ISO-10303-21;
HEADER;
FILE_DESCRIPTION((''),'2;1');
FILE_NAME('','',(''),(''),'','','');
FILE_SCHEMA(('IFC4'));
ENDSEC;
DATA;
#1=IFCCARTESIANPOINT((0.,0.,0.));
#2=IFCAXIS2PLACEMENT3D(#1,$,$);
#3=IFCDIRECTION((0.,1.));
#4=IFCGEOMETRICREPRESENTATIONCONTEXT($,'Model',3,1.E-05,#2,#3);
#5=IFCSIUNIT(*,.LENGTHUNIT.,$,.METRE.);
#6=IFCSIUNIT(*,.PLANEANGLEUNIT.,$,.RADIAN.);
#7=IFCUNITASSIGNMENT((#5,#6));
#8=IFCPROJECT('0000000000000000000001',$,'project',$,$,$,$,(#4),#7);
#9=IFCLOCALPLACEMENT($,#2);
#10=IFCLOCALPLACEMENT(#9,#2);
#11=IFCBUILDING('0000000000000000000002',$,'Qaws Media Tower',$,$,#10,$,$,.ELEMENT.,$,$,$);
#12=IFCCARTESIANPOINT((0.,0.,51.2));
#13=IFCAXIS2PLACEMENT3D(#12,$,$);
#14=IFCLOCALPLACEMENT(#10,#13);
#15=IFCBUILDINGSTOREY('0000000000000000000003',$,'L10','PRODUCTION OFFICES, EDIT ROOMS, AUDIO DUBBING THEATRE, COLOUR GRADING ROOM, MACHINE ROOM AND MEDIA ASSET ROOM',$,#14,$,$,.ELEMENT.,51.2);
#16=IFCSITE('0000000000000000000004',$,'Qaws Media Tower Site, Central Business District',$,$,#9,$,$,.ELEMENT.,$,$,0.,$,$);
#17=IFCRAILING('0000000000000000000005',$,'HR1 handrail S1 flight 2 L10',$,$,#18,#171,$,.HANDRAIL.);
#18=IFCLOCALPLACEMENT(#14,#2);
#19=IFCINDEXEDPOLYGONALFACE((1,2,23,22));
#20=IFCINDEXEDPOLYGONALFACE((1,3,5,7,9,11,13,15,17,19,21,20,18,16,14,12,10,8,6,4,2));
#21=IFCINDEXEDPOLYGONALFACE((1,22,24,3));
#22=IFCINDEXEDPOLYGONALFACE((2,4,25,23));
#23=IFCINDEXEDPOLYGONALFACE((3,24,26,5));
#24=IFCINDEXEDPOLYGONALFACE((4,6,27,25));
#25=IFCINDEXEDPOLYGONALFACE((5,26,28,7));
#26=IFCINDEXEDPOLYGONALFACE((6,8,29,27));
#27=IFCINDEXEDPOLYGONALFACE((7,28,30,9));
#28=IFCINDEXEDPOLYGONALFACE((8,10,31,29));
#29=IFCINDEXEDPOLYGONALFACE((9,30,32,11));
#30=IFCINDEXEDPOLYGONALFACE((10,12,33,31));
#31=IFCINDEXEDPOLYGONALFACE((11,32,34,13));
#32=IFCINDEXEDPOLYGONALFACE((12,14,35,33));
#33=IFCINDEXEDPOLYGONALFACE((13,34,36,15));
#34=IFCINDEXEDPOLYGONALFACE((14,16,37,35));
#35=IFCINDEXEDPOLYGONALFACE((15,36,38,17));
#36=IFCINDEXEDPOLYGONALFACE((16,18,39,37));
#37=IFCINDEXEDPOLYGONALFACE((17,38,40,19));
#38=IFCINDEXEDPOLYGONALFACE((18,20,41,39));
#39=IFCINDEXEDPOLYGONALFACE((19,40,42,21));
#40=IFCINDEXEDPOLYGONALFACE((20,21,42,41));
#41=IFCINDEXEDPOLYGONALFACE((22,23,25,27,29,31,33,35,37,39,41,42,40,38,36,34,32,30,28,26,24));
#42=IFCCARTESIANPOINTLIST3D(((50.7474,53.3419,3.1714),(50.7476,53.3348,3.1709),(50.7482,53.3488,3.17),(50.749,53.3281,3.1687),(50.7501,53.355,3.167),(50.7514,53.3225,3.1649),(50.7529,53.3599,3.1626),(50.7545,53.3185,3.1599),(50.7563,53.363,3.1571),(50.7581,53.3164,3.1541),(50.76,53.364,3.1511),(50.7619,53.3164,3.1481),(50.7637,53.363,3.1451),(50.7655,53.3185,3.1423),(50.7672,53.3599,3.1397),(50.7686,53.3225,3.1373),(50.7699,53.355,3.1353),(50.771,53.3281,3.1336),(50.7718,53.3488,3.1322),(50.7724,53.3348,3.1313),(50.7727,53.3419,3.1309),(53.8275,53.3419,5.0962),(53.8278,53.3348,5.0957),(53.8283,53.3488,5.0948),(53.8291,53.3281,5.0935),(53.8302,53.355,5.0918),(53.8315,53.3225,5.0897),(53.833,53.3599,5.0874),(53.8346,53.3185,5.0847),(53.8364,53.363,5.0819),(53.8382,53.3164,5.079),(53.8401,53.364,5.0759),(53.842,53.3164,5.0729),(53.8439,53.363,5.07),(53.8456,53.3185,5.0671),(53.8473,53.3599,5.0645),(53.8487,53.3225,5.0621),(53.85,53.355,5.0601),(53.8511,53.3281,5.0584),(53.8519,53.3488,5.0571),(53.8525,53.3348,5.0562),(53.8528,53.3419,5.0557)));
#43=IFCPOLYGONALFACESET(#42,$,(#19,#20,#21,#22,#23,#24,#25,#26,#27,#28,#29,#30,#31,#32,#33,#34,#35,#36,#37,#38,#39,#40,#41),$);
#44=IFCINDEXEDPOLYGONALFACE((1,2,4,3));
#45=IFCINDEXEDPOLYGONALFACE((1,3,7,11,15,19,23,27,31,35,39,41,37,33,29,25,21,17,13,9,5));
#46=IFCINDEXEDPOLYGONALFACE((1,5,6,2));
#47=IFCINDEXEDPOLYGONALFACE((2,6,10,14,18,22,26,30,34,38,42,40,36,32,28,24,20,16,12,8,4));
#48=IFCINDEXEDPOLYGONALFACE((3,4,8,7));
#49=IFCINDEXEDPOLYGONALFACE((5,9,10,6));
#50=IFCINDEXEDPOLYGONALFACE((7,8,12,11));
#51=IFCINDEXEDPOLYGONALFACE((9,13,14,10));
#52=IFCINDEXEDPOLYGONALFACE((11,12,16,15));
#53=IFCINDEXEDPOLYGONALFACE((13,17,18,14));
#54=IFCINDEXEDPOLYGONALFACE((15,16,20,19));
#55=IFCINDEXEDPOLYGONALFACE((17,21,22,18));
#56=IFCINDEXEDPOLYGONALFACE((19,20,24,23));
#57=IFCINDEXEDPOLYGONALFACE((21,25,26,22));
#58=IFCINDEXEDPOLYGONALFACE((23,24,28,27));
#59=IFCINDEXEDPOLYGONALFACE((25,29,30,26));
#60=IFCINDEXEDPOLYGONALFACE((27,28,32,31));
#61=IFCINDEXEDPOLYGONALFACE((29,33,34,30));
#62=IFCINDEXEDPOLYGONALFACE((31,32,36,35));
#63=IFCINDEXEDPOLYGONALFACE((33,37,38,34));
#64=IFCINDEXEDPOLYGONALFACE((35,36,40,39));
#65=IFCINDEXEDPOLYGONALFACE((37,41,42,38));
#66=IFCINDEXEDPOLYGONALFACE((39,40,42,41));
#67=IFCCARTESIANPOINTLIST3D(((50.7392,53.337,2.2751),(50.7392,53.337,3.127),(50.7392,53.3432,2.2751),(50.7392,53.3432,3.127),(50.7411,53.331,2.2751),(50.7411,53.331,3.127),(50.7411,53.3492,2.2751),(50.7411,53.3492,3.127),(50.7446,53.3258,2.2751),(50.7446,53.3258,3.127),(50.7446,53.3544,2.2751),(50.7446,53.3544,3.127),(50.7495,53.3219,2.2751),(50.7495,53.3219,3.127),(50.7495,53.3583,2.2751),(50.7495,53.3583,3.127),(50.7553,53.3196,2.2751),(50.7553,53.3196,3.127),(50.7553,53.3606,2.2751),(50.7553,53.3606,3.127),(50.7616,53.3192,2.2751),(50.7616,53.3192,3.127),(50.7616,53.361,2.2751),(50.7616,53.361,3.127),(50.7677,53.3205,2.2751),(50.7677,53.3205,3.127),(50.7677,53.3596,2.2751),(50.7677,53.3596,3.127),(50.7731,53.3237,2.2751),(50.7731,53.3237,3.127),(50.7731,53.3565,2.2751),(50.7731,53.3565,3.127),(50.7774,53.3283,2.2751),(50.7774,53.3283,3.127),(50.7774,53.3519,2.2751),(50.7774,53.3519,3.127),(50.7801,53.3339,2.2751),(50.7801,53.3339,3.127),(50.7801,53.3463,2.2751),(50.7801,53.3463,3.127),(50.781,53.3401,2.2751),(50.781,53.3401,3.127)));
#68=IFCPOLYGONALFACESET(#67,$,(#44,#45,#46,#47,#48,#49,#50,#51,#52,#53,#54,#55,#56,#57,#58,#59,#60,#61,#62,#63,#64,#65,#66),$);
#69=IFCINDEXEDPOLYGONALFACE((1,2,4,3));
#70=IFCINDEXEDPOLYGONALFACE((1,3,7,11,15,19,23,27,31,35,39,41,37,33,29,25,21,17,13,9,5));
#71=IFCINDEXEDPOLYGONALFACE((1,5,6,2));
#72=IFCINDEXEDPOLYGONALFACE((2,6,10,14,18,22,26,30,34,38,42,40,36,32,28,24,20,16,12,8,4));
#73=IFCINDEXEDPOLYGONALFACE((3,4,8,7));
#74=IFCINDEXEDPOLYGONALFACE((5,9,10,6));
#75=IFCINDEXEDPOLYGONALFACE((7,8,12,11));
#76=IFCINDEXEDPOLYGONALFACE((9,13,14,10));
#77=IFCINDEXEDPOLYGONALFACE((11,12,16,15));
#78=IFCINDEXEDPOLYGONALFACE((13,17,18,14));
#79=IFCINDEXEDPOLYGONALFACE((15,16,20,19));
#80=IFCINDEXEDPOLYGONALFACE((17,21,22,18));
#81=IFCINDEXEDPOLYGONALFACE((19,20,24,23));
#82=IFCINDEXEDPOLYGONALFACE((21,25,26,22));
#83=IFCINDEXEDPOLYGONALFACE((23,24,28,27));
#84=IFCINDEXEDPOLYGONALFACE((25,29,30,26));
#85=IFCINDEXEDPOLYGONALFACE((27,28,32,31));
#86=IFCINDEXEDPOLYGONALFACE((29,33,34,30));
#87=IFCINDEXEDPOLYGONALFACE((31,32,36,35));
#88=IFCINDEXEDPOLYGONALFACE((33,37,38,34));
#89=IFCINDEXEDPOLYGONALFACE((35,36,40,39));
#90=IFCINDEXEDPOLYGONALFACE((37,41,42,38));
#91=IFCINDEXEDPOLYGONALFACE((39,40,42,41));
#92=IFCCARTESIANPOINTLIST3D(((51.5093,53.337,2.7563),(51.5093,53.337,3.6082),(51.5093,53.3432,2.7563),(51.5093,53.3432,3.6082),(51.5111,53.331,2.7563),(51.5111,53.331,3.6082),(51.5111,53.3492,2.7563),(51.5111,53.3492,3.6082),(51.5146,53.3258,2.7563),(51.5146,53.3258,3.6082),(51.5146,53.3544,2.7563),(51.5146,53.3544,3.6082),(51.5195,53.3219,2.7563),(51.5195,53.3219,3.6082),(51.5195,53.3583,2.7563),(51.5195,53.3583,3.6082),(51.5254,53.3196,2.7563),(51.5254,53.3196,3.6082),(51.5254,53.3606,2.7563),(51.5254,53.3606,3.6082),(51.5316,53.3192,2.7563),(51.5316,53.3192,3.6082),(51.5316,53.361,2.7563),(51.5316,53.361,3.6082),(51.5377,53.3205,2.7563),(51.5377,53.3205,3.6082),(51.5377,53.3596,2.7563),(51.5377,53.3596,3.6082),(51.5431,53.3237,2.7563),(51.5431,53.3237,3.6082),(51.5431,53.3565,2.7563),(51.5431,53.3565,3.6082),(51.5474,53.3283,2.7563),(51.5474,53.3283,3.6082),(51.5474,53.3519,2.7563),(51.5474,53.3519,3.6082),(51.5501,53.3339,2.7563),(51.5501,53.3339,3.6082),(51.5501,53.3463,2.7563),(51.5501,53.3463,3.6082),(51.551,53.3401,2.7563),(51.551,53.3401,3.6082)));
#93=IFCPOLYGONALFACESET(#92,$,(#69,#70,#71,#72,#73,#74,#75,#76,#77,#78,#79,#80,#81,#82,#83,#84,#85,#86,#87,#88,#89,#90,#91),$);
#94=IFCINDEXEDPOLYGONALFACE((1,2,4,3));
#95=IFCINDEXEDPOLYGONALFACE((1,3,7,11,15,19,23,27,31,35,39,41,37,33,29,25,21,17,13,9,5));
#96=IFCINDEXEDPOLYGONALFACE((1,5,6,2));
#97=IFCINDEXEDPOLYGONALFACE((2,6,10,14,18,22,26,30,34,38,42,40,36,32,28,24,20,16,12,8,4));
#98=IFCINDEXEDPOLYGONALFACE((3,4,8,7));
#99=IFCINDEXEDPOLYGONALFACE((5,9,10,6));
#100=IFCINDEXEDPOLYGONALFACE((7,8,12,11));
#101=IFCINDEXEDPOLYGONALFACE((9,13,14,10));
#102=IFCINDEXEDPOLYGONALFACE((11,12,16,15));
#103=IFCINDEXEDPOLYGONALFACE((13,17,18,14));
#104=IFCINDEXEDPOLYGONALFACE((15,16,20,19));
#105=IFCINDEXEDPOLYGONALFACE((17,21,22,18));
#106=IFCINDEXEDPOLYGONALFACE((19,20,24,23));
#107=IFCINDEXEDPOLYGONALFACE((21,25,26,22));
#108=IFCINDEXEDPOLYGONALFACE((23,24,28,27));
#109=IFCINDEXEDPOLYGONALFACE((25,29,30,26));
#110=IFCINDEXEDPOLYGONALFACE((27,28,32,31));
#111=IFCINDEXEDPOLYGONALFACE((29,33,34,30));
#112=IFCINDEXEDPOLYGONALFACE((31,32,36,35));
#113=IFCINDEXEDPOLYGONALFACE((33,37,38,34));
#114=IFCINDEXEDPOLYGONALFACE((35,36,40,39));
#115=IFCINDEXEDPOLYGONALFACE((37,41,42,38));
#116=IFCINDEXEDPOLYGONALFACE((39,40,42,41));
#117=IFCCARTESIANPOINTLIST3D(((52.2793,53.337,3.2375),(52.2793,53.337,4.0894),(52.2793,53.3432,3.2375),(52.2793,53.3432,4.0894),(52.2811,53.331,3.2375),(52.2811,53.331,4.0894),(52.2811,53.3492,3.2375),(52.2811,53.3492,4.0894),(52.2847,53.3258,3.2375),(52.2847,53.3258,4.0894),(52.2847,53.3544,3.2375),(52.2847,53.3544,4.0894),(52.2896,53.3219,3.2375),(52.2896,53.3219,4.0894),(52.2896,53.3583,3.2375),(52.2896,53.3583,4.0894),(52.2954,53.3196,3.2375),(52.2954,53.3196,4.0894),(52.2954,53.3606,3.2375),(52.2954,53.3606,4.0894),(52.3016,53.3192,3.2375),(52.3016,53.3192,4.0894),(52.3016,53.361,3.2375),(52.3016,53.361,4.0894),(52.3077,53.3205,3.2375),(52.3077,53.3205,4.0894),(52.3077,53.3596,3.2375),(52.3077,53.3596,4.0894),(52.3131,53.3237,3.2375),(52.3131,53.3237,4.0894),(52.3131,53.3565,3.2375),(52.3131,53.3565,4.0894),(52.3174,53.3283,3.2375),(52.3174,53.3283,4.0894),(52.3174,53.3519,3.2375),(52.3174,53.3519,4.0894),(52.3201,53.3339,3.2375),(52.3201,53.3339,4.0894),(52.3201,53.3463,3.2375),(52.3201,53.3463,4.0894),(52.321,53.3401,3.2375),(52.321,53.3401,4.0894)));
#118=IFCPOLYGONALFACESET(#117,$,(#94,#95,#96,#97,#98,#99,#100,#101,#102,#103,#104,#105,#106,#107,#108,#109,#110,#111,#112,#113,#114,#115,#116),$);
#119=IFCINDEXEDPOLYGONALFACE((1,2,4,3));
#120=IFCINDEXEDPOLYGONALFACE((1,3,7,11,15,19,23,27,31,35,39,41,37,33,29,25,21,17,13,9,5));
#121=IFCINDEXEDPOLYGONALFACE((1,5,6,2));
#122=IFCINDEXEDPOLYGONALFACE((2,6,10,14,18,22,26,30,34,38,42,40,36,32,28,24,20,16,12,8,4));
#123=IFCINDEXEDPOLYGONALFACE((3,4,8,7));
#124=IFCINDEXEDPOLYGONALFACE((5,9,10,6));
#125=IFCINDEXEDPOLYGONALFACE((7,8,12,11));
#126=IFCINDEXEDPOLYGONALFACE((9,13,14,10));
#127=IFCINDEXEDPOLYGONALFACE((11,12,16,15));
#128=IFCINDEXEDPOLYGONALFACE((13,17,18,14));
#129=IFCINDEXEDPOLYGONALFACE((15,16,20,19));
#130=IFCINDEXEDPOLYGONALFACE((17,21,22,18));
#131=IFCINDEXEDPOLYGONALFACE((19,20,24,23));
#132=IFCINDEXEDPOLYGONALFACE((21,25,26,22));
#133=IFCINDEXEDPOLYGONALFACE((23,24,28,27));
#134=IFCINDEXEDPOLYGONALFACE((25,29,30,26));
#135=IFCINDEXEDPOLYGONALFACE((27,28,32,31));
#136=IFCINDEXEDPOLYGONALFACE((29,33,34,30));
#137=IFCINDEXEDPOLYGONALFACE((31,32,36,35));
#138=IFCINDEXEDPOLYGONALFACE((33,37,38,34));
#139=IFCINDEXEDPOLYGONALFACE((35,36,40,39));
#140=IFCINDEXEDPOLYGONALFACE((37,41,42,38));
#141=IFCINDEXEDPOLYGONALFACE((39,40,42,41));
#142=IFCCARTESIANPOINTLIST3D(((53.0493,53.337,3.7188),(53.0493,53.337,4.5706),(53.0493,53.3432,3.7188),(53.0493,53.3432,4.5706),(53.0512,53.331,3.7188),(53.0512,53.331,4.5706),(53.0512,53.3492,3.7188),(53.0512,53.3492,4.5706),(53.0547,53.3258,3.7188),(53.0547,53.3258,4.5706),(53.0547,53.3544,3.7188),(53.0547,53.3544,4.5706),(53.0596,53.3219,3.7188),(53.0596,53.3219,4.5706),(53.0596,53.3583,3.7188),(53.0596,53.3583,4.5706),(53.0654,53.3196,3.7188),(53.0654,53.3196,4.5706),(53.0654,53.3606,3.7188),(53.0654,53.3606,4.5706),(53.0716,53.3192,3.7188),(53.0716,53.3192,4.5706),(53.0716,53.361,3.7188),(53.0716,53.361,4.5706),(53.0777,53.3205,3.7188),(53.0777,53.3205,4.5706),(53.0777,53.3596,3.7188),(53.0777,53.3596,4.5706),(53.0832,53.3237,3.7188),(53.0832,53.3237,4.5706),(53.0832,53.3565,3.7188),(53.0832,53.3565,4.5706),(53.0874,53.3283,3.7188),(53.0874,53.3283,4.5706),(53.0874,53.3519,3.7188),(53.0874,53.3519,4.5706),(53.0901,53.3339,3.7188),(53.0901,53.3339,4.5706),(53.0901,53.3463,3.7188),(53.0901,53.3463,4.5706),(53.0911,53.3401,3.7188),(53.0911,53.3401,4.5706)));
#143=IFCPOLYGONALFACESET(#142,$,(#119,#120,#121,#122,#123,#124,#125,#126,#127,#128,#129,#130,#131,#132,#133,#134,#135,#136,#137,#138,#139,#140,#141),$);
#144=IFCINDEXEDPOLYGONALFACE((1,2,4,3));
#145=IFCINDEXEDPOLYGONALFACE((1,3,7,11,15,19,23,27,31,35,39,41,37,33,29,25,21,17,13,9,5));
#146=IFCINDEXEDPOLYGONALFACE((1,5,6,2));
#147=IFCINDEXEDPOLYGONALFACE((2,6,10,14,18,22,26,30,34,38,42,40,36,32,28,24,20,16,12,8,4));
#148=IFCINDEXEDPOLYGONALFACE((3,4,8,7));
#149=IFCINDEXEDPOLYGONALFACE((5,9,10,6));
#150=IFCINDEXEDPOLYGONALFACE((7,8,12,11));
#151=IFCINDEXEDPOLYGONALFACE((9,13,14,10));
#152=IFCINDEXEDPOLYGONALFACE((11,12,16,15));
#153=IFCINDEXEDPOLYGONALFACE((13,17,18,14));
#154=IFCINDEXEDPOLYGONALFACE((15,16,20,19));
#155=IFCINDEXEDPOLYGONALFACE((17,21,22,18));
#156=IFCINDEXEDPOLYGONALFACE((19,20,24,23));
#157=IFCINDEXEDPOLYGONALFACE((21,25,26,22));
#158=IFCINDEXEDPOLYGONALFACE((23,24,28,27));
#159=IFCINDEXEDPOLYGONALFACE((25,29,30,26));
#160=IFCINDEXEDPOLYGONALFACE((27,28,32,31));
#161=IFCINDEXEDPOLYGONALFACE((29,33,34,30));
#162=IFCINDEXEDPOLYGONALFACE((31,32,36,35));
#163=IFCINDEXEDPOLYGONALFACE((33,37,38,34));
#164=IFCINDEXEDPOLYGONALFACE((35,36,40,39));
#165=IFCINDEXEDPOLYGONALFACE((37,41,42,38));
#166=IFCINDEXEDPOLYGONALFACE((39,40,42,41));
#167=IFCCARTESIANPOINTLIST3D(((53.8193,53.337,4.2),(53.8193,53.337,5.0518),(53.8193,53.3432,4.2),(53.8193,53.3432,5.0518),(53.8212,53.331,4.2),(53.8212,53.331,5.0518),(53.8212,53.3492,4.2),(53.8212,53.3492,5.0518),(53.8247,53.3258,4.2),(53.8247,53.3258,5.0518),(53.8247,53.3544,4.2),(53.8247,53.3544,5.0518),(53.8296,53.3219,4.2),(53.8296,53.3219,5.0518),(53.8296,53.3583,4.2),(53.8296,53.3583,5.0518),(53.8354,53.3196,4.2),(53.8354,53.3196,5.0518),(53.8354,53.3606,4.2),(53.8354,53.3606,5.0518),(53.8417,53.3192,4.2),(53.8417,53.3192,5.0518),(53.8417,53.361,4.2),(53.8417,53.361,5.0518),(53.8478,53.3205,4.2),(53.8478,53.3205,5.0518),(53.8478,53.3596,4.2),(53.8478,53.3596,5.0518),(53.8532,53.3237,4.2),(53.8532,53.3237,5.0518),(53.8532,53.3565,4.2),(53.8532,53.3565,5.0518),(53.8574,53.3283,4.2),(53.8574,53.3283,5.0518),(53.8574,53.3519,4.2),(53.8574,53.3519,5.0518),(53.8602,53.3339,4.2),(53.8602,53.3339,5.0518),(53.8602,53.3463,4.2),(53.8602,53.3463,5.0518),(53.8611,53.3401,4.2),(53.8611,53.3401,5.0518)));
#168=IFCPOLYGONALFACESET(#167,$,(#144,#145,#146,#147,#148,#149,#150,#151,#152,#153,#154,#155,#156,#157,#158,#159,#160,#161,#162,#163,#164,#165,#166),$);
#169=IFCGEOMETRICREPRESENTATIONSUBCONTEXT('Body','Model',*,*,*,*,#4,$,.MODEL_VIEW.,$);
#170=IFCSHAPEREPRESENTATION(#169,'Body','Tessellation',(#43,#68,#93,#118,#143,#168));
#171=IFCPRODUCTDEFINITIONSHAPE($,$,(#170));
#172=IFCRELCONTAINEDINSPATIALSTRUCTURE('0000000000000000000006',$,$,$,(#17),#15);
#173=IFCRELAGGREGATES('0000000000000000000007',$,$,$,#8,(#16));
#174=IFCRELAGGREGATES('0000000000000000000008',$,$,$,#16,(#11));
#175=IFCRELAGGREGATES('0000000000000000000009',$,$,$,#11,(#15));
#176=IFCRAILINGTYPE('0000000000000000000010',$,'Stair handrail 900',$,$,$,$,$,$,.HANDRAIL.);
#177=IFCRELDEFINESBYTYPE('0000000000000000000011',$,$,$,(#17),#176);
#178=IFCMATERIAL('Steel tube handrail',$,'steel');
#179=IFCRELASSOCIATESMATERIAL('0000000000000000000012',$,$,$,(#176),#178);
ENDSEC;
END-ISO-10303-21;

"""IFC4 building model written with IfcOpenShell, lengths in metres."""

from ifc_helpers import new_model, si_unit, direction, frame, origin, origin_2d, place, context, subcontext, project, spatial, circle, extrude, material, type_object, element, save


model = new_model("IFC4")

# Units and contexts
model_context = context("Model", 3, precision=1e-05, world=origin(), true_north=direction((0.0, 1.0)))
body_context = subcontext(model_context, "Body", "Model", "MODEL_VIEW")
ifc_project = project(units=[si_unit("LENGTHUNIT", "METRE"), si_unit("PLANEANGLEUNIT", "RADIAN")], contexts=[model_context])

# Site, building, storey
site_placement = place(None, origin())
site = spatial("IfcSite", under=ifc_project, at=site_placement, Name="Qaws Media Tower Site, Central Business District", CompositionType="ELEMENT", RefElevation=0.0)
building_placement = place(site_placement, origin())
building = spatial("IfcBuilding", under=site, at=building_placement, Name="Qaws Media Tower", CompositionType="ELEMENT")
storey_placement = place(building_placement, frame((0.0, 0.0, 51.2)))
storey = spatial("IfcBuildingStorey", under=building, at=storey_placement, Name="L10", Description="PRODUCTION OFFICES, EDIT ROOMS, AUDIO DUBBING THEATRE, COLOUR GRADING ROOM, MACHINE ROOM AND MEDIA ASSET ROOM", CompositionType="ELEMENT", Elevation=51.2)

# Railing
ifc_material_1 = material(Name="Steel tube handrail", Category="steel")
railing_type = type_object("IfcRailingType", Name="Stair handrail 900", PredefinedType="HANDRAIL", material=ifc_material_1)
for number, where, name in (
    (1, (50.76, 53.3401, 2.2751), "HR1 handrail S1 flight 2 L10"),
):
    element("IfcRailing", number, at=place(storey_placement, frame(where)), inside=storey, type_object=railing_type, Name=name, PredefinedType="HANDRAIL", context=body_context, shape_type="SweptSolid", body=[
        extrude(circle(Radius=0.0239, at=origin_2d()), frame((0.0, 0.0, 0.876), z_axis=(0.848029, 0.0, 0.529951), x_axis=(0.0, 1.0, 0.0)), (0.0, 0.0, 1.0), 3.6321),
        extrude(circle(Radius=0.021, at=origin_2d()), origin(), (0.0, 0.0, 1.0), 0.8518),
        extrude(circle(Radius=0.021, at=origin_2d()), frame((0.77, 0.0, 0.4812)), (0.0, 0.0, 1.0), 0.8518),
        extrude(circle(Radius=0.021, at=origin_2d()), frame((1.54, 0.0, 0.9624)), (0.0, 0.0, 1.0), 0.8518),
        extrude(circle(Radius=0.021, at=origin_2d()), frame((2.3101, 0.0, 1.4436)), (0.0, 0.0, 1.0), 0.8518),
        extrude(circle(Radius=0.021, at=origin_2d()), frame((3.0801, 0.0, 1.9248)), (0.0, 0.0, 1.0), 0.8518),
    ])

save(model, "model.ifc")
